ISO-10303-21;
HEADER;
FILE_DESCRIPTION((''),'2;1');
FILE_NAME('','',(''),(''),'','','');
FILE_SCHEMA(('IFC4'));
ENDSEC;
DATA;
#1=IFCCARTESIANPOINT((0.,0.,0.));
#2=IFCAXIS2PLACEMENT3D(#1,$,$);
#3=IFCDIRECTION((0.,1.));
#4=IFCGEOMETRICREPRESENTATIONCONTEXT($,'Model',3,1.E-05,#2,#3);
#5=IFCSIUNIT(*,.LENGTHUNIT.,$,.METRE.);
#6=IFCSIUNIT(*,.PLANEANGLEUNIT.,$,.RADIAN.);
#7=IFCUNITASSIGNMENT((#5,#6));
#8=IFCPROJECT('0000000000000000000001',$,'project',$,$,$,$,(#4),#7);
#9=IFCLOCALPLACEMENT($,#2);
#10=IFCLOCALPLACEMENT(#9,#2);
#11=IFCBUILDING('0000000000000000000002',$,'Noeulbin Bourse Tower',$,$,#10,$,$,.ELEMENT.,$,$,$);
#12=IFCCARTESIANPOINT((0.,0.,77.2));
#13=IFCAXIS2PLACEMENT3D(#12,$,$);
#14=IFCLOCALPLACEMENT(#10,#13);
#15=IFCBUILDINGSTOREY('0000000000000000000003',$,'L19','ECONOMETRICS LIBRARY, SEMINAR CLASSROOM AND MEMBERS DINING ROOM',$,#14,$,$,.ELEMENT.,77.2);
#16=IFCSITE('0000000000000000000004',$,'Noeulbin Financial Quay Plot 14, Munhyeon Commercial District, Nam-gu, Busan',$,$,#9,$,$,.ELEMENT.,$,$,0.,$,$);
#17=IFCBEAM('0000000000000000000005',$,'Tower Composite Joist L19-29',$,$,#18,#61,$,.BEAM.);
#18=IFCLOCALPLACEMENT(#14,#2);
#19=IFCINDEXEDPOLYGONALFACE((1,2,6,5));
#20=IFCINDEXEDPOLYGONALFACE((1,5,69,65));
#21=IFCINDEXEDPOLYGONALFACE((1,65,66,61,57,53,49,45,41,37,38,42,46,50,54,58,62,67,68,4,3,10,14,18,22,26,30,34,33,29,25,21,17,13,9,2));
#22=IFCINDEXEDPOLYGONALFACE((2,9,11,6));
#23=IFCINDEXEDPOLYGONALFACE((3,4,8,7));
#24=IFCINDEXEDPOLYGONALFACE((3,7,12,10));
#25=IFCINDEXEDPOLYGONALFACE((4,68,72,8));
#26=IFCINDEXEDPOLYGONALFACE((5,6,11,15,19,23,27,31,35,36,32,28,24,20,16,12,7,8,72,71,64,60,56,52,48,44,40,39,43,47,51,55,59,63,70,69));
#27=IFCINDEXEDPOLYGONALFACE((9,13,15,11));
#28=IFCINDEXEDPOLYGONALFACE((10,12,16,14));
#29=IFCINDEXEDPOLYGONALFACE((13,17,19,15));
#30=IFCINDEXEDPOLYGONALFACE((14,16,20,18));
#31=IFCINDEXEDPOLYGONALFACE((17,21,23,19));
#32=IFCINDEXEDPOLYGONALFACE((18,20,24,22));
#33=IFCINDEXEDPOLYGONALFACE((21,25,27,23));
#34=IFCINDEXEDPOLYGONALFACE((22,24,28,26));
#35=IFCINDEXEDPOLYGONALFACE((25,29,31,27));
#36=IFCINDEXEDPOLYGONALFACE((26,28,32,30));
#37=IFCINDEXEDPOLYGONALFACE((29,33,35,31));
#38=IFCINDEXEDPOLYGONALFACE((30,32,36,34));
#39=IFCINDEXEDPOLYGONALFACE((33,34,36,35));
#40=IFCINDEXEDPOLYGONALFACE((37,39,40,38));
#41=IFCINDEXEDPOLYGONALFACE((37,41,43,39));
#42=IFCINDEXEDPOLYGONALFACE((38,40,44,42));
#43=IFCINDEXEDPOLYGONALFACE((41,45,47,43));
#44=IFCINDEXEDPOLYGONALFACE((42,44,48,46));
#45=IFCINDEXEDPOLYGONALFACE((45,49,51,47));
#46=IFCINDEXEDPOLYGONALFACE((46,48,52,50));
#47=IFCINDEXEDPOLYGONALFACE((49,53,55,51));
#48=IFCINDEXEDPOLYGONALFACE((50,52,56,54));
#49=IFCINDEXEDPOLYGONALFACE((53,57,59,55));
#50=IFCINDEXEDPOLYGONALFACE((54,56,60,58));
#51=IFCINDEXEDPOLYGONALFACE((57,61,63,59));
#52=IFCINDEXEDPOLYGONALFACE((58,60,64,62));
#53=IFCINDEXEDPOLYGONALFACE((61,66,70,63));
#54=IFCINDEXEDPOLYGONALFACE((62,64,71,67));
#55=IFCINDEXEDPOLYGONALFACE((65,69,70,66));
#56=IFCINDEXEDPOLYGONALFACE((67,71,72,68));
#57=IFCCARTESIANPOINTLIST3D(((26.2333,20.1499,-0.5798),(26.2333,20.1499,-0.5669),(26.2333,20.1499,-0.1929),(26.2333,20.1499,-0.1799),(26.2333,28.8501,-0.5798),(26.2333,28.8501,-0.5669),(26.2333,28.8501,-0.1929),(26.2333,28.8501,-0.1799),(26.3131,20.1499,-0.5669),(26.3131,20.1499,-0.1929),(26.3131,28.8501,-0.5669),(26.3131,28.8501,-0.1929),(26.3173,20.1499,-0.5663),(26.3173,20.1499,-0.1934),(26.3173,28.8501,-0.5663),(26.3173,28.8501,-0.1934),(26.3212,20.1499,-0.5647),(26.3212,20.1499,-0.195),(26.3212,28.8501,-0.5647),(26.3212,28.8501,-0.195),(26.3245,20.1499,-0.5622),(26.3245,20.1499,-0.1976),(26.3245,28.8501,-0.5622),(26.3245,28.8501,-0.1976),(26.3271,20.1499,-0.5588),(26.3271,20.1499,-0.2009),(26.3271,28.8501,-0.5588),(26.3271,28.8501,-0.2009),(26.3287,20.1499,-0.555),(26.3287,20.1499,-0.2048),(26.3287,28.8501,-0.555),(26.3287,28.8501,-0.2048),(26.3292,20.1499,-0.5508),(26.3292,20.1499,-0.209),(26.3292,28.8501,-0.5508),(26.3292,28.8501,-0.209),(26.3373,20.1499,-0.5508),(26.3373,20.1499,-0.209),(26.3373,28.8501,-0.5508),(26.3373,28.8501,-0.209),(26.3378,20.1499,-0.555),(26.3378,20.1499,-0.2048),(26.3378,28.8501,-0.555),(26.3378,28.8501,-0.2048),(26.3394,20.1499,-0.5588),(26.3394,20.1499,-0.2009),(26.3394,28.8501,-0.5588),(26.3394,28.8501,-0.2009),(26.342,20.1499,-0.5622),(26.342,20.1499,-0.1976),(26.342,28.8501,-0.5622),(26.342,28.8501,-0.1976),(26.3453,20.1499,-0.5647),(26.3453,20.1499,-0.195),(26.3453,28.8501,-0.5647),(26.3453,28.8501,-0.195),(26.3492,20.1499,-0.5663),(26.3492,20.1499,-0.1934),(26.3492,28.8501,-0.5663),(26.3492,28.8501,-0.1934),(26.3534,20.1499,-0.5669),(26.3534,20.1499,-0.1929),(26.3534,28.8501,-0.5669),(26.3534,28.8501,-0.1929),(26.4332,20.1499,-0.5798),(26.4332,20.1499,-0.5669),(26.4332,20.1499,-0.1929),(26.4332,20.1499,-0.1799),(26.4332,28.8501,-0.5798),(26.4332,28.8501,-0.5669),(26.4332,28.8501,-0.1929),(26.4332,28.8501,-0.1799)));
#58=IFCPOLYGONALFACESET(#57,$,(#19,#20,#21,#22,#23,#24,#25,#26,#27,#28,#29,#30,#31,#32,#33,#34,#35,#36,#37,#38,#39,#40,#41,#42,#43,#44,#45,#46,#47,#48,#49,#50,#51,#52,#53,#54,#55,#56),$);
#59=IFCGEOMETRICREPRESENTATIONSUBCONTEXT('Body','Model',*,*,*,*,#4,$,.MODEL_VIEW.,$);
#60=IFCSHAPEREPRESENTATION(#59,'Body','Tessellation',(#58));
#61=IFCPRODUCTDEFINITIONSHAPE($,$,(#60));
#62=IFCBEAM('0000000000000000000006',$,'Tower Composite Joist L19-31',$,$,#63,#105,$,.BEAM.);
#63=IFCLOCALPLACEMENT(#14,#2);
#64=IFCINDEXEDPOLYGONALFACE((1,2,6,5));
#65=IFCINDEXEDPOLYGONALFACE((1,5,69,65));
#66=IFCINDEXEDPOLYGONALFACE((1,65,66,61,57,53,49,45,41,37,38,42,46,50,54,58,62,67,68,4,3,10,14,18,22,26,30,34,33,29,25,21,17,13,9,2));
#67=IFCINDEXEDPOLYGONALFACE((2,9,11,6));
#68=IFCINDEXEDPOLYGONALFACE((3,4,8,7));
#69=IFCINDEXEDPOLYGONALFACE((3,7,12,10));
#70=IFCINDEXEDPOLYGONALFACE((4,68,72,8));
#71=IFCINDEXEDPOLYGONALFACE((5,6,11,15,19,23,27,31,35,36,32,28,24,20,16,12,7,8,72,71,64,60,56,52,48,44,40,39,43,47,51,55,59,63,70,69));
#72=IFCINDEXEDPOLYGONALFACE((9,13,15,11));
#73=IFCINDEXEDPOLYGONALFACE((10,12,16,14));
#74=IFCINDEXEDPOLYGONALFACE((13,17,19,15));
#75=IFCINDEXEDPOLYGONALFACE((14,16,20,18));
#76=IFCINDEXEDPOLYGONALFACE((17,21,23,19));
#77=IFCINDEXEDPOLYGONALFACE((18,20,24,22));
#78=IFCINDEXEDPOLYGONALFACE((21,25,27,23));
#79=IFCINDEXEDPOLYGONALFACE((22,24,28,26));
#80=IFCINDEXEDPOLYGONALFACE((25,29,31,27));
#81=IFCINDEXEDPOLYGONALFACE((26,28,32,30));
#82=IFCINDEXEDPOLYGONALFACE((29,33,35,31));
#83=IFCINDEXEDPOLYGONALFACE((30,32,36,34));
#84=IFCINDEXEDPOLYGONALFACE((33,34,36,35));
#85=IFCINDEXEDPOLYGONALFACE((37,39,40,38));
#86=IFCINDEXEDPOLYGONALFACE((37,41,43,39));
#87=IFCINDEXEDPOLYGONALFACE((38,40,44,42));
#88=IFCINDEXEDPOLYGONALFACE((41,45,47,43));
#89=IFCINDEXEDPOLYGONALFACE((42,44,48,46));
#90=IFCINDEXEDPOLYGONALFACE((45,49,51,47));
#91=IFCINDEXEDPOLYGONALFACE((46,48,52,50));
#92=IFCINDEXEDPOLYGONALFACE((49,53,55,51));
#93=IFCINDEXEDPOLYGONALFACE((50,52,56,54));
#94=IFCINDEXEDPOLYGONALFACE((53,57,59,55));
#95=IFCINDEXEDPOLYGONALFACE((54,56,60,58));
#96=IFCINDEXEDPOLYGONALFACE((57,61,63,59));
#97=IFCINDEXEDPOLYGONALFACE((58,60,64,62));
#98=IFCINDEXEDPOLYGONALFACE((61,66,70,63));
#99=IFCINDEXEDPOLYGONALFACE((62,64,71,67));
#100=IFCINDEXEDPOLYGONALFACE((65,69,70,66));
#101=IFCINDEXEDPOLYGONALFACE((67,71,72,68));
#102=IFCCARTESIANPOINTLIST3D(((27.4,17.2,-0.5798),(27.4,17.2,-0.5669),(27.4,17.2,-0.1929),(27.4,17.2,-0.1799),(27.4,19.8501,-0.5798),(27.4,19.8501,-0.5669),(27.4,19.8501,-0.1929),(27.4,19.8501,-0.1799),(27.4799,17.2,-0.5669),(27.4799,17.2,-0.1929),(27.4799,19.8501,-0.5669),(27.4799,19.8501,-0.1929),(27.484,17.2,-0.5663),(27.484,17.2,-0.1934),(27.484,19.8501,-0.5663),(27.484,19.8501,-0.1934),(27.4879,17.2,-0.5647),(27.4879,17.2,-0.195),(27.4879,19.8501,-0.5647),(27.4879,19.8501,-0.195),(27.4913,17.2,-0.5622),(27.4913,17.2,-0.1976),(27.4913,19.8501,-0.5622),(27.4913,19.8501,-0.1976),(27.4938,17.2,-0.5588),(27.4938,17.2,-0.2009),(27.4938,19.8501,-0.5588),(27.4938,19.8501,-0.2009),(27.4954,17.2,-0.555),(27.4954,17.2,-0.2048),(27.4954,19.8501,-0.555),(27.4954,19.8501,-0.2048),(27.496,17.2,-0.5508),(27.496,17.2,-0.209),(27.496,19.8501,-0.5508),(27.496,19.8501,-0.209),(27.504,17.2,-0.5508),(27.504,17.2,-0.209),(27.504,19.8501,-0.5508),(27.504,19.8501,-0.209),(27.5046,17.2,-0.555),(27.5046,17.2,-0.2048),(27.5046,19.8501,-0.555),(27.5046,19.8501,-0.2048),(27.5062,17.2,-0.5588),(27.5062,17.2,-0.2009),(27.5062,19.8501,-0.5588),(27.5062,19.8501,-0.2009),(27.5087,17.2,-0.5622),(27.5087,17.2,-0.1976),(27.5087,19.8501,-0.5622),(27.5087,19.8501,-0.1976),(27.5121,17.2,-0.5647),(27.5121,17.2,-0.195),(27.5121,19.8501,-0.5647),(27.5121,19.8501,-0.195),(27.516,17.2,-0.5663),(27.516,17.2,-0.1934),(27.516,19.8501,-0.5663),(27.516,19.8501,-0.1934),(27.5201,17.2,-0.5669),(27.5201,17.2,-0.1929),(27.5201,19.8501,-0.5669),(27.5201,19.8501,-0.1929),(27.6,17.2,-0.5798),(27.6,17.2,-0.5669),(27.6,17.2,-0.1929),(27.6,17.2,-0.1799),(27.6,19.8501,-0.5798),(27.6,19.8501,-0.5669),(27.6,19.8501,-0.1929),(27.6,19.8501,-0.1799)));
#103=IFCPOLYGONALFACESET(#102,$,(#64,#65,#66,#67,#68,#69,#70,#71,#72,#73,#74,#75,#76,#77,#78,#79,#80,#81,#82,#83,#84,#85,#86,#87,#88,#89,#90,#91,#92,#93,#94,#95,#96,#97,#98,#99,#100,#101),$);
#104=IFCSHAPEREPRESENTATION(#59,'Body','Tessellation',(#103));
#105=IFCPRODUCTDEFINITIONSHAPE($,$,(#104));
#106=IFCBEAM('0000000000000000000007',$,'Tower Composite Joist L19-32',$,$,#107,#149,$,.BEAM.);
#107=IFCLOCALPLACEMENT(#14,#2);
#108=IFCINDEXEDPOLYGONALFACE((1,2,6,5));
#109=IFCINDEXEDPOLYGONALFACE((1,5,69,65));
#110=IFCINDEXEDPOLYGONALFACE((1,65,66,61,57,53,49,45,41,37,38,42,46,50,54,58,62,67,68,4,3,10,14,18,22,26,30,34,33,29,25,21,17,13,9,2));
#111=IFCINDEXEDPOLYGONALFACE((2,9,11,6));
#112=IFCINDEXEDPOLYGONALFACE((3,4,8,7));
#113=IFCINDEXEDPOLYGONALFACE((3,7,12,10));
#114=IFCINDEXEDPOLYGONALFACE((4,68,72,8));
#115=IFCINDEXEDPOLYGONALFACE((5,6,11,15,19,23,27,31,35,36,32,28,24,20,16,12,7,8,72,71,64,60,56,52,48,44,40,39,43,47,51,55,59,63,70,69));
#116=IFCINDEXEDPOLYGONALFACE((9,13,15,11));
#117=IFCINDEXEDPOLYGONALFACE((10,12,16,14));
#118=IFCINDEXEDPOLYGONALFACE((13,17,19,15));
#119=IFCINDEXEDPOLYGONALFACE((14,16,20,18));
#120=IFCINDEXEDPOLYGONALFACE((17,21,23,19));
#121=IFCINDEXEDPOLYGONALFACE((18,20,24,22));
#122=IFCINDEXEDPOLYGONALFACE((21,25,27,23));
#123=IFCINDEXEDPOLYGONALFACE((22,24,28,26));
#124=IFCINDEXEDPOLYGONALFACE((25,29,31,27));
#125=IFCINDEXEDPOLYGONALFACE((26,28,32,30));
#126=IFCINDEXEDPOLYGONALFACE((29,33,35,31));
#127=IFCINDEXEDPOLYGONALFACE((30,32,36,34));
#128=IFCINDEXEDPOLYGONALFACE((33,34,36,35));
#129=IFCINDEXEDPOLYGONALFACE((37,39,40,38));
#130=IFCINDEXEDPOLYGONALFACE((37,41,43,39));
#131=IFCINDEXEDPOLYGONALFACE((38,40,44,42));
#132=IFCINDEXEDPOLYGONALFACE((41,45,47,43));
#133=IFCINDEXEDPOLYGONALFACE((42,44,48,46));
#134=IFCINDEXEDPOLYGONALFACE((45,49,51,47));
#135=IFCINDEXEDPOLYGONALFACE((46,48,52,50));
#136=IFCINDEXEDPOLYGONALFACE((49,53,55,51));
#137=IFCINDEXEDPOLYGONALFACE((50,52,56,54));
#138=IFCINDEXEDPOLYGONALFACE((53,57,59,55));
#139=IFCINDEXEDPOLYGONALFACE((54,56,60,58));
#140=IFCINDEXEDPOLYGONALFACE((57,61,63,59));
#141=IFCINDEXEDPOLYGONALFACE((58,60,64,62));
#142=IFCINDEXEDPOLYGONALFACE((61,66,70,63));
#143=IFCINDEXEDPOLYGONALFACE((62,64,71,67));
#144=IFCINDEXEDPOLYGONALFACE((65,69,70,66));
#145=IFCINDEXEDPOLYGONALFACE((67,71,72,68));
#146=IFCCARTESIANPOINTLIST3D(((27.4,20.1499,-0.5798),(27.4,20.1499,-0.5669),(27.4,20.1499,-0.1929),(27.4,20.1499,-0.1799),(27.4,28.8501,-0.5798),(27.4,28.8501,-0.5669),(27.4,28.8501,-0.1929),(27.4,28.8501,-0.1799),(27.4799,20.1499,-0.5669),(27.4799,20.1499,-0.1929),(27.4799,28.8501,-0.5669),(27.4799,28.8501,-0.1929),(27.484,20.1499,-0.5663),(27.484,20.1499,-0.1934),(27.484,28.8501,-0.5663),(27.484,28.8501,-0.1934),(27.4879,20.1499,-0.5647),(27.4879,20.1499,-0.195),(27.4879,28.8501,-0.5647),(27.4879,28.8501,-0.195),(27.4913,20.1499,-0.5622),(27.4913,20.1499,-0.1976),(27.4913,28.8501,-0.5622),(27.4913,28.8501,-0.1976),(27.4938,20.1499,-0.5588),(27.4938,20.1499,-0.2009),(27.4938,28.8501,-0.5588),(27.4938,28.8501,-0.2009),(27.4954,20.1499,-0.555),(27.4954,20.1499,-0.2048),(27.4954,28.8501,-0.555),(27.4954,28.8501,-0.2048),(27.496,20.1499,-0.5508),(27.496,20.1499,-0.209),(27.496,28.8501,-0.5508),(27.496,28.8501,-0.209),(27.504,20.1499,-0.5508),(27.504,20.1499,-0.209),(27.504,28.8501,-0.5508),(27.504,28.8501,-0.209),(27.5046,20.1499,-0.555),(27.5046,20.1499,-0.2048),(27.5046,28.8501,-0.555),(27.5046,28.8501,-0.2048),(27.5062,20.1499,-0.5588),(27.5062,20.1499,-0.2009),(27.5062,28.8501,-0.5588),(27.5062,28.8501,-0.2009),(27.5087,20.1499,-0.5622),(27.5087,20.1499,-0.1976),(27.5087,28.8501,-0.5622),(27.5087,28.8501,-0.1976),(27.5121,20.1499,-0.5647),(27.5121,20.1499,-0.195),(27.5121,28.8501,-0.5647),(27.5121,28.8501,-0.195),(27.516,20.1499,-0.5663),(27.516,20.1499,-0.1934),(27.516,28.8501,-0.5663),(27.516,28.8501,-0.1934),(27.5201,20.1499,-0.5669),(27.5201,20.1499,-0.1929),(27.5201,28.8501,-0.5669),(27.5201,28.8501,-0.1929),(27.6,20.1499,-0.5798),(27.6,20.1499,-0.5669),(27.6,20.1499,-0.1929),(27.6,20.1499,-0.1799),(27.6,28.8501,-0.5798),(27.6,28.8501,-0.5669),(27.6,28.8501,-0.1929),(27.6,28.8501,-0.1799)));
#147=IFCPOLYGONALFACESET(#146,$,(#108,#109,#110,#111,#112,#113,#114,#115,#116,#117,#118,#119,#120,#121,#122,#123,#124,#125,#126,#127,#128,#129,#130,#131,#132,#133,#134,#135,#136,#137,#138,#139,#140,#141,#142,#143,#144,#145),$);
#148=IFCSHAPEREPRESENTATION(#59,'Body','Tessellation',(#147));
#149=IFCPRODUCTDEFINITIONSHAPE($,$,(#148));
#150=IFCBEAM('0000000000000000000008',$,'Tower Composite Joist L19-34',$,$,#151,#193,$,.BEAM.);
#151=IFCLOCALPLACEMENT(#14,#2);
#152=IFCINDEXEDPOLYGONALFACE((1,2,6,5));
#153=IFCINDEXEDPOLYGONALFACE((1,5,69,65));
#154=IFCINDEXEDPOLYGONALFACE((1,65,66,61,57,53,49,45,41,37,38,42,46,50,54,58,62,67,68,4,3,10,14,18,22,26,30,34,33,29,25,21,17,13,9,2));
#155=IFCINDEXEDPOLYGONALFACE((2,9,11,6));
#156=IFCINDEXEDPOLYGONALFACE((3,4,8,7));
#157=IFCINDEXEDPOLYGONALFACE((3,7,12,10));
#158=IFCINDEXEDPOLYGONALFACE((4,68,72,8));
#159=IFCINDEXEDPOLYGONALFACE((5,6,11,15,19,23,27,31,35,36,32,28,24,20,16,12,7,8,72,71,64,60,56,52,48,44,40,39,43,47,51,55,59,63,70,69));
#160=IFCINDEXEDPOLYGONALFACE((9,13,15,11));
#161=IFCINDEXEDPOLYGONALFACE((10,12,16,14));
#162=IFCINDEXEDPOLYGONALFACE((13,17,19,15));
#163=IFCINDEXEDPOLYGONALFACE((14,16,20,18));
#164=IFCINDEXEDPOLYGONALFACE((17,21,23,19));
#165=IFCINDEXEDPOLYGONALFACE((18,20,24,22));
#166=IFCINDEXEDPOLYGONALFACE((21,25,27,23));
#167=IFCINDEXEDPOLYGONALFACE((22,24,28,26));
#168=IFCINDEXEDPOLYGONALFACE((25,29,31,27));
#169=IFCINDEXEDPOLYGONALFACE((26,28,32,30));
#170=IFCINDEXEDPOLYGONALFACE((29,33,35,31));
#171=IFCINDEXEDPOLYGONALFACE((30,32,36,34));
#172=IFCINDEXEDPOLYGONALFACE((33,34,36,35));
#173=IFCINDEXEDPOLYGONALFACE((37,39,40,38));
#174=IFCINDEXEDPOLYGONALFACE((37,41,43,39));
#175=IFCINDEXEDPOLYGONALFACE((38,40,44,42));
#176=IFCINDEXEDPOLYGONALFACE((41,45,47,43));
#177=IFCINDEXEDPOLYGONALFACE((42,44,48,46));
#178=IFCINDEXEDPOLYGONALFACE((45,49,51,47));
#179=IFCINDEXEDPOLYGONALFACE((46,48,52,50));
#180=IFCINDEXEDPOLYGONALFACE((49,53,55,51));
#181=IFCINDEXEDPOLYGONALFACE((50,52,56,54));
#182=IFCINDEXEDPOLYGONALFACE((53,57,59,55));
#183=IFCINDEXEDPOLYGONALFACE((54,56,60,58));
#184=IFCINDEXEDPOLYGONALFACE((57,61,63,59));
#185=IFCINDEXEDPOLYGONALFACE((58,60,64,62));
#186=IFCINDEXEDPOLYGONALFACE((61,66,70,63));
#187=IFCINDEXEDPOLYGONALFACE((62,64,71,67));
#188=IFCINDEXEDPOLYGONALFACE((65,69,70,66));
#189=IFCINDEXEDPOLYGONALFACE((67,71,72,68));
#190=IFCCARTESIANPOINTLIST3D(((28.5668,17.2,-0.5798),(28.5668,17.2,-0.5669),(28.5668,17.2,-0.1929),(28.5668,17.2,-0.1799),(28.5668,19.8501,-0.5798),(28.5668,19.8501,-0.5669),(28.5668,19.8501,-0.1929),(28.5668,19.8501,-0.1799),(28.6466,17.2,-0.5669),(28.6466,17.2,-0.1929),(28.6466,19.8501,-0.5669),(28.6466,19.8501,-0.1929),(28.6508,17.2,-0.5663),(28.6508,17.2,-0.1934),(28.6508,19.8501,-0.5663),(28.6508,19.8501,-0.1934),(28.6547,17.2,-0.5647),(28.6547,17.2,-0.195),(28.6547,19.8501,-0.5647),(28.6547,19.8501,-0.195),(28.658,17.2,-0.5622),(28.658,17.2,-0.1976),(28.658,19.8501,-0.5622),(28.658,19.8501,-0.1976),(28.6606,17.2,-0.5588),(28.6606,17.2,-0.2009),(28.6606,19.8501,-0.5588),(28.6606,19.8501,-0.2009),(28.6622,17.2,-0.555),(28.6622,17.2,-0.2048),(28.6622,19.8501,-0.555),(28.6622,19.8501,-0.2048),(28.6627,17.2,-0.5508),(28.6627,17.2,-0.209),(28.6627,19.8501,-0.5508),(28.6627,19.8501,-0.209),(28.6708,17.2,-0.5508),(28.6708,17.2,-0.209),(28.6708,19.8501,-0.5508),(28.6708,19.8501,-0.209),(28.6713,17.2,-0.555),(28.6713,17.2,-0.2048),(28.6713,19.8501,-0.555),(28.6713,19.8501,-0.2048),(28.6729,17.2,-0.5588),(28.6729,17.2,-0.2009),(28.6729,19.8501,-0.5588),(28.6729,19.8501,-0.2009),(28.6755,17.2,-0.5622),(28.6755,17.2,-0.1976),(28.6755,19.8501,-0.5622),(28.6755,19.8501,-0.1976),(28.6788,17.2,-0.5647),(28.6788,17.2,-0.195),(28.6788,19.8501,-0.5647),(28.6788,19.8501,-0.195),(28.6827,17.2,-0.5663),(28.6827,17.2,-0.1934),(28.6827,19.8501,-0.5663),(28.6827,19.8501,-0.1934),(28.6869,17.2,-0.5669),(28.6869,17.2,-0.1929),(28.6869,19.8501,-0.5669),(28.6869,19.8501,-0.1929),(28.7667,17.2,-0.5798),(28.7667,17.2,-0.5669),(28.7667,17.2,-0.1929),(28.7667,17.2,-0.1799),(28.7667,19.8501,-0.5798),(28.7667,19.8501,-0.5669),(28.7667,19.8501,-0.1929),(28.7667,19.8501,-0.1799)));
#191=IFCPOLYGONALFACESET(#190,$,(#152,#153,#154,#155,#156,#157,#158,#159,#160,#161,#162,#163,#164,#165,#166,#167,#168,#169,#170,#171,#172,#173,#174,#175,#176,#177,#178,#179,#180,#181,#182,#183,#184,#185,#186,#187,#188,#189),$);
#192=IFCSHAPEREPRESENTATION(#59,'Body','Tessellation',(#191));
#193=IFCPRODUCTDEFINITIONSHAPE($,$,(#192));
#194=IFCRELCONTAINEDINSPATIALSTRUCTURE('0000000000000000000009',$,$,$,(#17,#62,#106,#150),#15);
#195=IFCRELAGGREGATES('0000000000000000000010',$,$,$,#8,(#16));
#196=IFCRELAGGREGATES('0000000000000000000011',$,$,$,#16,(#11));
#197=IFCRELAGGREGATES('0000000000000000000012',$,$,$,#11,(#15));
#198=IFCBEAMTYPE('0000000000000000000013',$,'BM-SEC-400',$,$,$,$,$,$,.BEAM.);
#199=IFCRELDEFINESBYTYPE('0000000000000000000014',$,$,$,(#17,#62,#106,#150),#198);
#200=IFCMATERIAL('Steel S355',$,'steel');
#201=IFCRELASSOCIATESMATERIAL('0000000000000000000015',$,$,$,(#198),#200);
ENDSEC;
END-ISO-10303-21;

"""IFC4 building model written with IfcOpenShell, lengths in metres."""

from ifc_helpers import new_model, si_unit, direction, frame, origin, origin_2d, place, context, subcontext, project, spatial, i_section, extrude, material, material_profile, profile_set, type_object, element, save


model = new_model("IFC4")

# Units and contexts
model_context = context("Model", 3, precision=1e-05, world=origin(), true_north=direction((0.0, 1.0)))
body_context = subcontext(model_context, "Body", "Model", "MODEL_VIEW")
ifc_project = project(units=[si_unit("LENGTHUNIT", "METRE"), si_unit("PLANEANGLEUNIT", "RADIAN")], contexts=[model_context])

# Site, building, storey
site_placement = place(None, origin())
site = spatial("IfcSite", under=ifc_project, at=site_placement, Name="Noeulbin Financial Quay Plot 14, Munhyeon Commercial District, Nam-gu, Busan", CompositionType="ELEMENT", RefElevation=0.0)
building_placement = place(site_placement, origin())
building = spatial("IfcBuilding", under=site, at=building_placement, Name="Noeulbin Bourse Tower", CompositionType="ELEMENT")
storey_placement = place(building_placement, frame((0.0, 0.0, 77.2)))
storey = spatial("IfcBuildingStorey", under=building, at=storey_placement, Name="L19", Description="ECONOMETRICS LIBRARY, SEMINAR CLASSROOM AND MEMBERS DINING ROOM", CompositionType="ELEMENT", Elevation=77.2)

# Beams
ifc_material_1 = material(Name="Steel S355", Category="steel")
ifc_material_profile_1 = material_profile(ifc_material_1, i_section(OverallWidth=0.2, OverallDepth=0.3999, WebThickness=0.0081, FlangeThickness=0.0129, FilletRadius=0.0161, at=origin_2d()), Name="H-400x200x8x13", Category="LoadBearing")
ifc_profile_set_1 = profile_set([ifc_material_profile_1], Name="Steel S355")
beam_type_1 = type_object("IfcBeamType", Name="BM-SEC-400", PredefinedType="BEAM", material=ifc_profile_set_1)
beam_1_placement = place(storey_placement, frame((26.3333, 20.1499, -0.3799), z_axis=(0.0, 1.0, 0.0), x_axis=(-1.0, 0.0, 0.0)))
element("IfcBeam", 1, at=beam_1_placement, inside=storey, type_object=beam_type_1, Name="Tower Composite Joist L19-29", PredefinedType="BEAM", context=body_context, shape_type="SweptSolid", body=[
    extrude(i_section(OverallWidth=0.2, OverallDepth=0.3999, WebThickness=0.0081, FlangeThickness=0.0129, FilletRadius=0.0161, at=origin_2d()), origin(), (0.0, 0.0, 1.0), 8.7002),
])
beam_2_placement = place(storey_placement, frame((27.5, 17.2, -0.3799), z_axis=(0.0, 1.0, 0.0), x_axis=(-1.0, 0.0, 0.0)))
element("IfcBeam", 2, at=beam_2_placement, inside=storey, type_object=beam_type_1, Name="Tower Composite Joist L19-31", PredefinedType="BEAM", context=body_context, shape_type="SweptSolid", body=[
    extrude(i_section(OverallWidth=0.2, OverallDepth=0.3999, WebThickness=0.0081, FlangeThickness=0.0129, FilletRadius=0.0161, at=origin_2d()), origin(), (0.0, 0.0, 1.0), 2.6501),
])
beam_3_placement = place(storey_placement, frame((27.5, 20.1499, -0.3799), z_axis=(0.0, 1.0, 0.0), x_axis=(-1.0, 0.0, 0.0)))
element("IfcBeam", 3, at=beam_3_placement, inside=storey, type_object=beam_type_1, Name="Tower Composite Joist L19-32", PredefinedType="BEAM", context=body_context, shape_type="SweptSolid", body=[
    extrude(i_section(OverallWidth=0.2, OverallDepth=0.3999, WebThickness=0.0081, FlangeThickness=0.0129, FilletRadius=0.0161, at=origin_2d()), origin(), (0.0, 0.0, 1.0), 8.7002),
])
beam_4_placement = place(storey_placement, frame((28.6667, 17.2, -0.3799), z_axis=(0.0, 1.0, 0.0), x_axis=(-1.0, 0.0, 0.0)))
element("IfcBeam", 4, at=beam_4_placement, inside=storey, type_object=beam_type_1, Name="Tower Composite Joist L19-34", PredefinedType="BEAM", context=body_context, shape_type="SweptSolid", body=[
    extrude(i_section(OverallWidth=0.2, OverallDepth=0.3999, WebThickness=0.0081, FlangeThickness=0.0129, FilletRadius=0.0161, at=origin_2d()), origin(), (0.0, 0.0, 1.0), 2.6501),
])

save(model, "model.ifc")
